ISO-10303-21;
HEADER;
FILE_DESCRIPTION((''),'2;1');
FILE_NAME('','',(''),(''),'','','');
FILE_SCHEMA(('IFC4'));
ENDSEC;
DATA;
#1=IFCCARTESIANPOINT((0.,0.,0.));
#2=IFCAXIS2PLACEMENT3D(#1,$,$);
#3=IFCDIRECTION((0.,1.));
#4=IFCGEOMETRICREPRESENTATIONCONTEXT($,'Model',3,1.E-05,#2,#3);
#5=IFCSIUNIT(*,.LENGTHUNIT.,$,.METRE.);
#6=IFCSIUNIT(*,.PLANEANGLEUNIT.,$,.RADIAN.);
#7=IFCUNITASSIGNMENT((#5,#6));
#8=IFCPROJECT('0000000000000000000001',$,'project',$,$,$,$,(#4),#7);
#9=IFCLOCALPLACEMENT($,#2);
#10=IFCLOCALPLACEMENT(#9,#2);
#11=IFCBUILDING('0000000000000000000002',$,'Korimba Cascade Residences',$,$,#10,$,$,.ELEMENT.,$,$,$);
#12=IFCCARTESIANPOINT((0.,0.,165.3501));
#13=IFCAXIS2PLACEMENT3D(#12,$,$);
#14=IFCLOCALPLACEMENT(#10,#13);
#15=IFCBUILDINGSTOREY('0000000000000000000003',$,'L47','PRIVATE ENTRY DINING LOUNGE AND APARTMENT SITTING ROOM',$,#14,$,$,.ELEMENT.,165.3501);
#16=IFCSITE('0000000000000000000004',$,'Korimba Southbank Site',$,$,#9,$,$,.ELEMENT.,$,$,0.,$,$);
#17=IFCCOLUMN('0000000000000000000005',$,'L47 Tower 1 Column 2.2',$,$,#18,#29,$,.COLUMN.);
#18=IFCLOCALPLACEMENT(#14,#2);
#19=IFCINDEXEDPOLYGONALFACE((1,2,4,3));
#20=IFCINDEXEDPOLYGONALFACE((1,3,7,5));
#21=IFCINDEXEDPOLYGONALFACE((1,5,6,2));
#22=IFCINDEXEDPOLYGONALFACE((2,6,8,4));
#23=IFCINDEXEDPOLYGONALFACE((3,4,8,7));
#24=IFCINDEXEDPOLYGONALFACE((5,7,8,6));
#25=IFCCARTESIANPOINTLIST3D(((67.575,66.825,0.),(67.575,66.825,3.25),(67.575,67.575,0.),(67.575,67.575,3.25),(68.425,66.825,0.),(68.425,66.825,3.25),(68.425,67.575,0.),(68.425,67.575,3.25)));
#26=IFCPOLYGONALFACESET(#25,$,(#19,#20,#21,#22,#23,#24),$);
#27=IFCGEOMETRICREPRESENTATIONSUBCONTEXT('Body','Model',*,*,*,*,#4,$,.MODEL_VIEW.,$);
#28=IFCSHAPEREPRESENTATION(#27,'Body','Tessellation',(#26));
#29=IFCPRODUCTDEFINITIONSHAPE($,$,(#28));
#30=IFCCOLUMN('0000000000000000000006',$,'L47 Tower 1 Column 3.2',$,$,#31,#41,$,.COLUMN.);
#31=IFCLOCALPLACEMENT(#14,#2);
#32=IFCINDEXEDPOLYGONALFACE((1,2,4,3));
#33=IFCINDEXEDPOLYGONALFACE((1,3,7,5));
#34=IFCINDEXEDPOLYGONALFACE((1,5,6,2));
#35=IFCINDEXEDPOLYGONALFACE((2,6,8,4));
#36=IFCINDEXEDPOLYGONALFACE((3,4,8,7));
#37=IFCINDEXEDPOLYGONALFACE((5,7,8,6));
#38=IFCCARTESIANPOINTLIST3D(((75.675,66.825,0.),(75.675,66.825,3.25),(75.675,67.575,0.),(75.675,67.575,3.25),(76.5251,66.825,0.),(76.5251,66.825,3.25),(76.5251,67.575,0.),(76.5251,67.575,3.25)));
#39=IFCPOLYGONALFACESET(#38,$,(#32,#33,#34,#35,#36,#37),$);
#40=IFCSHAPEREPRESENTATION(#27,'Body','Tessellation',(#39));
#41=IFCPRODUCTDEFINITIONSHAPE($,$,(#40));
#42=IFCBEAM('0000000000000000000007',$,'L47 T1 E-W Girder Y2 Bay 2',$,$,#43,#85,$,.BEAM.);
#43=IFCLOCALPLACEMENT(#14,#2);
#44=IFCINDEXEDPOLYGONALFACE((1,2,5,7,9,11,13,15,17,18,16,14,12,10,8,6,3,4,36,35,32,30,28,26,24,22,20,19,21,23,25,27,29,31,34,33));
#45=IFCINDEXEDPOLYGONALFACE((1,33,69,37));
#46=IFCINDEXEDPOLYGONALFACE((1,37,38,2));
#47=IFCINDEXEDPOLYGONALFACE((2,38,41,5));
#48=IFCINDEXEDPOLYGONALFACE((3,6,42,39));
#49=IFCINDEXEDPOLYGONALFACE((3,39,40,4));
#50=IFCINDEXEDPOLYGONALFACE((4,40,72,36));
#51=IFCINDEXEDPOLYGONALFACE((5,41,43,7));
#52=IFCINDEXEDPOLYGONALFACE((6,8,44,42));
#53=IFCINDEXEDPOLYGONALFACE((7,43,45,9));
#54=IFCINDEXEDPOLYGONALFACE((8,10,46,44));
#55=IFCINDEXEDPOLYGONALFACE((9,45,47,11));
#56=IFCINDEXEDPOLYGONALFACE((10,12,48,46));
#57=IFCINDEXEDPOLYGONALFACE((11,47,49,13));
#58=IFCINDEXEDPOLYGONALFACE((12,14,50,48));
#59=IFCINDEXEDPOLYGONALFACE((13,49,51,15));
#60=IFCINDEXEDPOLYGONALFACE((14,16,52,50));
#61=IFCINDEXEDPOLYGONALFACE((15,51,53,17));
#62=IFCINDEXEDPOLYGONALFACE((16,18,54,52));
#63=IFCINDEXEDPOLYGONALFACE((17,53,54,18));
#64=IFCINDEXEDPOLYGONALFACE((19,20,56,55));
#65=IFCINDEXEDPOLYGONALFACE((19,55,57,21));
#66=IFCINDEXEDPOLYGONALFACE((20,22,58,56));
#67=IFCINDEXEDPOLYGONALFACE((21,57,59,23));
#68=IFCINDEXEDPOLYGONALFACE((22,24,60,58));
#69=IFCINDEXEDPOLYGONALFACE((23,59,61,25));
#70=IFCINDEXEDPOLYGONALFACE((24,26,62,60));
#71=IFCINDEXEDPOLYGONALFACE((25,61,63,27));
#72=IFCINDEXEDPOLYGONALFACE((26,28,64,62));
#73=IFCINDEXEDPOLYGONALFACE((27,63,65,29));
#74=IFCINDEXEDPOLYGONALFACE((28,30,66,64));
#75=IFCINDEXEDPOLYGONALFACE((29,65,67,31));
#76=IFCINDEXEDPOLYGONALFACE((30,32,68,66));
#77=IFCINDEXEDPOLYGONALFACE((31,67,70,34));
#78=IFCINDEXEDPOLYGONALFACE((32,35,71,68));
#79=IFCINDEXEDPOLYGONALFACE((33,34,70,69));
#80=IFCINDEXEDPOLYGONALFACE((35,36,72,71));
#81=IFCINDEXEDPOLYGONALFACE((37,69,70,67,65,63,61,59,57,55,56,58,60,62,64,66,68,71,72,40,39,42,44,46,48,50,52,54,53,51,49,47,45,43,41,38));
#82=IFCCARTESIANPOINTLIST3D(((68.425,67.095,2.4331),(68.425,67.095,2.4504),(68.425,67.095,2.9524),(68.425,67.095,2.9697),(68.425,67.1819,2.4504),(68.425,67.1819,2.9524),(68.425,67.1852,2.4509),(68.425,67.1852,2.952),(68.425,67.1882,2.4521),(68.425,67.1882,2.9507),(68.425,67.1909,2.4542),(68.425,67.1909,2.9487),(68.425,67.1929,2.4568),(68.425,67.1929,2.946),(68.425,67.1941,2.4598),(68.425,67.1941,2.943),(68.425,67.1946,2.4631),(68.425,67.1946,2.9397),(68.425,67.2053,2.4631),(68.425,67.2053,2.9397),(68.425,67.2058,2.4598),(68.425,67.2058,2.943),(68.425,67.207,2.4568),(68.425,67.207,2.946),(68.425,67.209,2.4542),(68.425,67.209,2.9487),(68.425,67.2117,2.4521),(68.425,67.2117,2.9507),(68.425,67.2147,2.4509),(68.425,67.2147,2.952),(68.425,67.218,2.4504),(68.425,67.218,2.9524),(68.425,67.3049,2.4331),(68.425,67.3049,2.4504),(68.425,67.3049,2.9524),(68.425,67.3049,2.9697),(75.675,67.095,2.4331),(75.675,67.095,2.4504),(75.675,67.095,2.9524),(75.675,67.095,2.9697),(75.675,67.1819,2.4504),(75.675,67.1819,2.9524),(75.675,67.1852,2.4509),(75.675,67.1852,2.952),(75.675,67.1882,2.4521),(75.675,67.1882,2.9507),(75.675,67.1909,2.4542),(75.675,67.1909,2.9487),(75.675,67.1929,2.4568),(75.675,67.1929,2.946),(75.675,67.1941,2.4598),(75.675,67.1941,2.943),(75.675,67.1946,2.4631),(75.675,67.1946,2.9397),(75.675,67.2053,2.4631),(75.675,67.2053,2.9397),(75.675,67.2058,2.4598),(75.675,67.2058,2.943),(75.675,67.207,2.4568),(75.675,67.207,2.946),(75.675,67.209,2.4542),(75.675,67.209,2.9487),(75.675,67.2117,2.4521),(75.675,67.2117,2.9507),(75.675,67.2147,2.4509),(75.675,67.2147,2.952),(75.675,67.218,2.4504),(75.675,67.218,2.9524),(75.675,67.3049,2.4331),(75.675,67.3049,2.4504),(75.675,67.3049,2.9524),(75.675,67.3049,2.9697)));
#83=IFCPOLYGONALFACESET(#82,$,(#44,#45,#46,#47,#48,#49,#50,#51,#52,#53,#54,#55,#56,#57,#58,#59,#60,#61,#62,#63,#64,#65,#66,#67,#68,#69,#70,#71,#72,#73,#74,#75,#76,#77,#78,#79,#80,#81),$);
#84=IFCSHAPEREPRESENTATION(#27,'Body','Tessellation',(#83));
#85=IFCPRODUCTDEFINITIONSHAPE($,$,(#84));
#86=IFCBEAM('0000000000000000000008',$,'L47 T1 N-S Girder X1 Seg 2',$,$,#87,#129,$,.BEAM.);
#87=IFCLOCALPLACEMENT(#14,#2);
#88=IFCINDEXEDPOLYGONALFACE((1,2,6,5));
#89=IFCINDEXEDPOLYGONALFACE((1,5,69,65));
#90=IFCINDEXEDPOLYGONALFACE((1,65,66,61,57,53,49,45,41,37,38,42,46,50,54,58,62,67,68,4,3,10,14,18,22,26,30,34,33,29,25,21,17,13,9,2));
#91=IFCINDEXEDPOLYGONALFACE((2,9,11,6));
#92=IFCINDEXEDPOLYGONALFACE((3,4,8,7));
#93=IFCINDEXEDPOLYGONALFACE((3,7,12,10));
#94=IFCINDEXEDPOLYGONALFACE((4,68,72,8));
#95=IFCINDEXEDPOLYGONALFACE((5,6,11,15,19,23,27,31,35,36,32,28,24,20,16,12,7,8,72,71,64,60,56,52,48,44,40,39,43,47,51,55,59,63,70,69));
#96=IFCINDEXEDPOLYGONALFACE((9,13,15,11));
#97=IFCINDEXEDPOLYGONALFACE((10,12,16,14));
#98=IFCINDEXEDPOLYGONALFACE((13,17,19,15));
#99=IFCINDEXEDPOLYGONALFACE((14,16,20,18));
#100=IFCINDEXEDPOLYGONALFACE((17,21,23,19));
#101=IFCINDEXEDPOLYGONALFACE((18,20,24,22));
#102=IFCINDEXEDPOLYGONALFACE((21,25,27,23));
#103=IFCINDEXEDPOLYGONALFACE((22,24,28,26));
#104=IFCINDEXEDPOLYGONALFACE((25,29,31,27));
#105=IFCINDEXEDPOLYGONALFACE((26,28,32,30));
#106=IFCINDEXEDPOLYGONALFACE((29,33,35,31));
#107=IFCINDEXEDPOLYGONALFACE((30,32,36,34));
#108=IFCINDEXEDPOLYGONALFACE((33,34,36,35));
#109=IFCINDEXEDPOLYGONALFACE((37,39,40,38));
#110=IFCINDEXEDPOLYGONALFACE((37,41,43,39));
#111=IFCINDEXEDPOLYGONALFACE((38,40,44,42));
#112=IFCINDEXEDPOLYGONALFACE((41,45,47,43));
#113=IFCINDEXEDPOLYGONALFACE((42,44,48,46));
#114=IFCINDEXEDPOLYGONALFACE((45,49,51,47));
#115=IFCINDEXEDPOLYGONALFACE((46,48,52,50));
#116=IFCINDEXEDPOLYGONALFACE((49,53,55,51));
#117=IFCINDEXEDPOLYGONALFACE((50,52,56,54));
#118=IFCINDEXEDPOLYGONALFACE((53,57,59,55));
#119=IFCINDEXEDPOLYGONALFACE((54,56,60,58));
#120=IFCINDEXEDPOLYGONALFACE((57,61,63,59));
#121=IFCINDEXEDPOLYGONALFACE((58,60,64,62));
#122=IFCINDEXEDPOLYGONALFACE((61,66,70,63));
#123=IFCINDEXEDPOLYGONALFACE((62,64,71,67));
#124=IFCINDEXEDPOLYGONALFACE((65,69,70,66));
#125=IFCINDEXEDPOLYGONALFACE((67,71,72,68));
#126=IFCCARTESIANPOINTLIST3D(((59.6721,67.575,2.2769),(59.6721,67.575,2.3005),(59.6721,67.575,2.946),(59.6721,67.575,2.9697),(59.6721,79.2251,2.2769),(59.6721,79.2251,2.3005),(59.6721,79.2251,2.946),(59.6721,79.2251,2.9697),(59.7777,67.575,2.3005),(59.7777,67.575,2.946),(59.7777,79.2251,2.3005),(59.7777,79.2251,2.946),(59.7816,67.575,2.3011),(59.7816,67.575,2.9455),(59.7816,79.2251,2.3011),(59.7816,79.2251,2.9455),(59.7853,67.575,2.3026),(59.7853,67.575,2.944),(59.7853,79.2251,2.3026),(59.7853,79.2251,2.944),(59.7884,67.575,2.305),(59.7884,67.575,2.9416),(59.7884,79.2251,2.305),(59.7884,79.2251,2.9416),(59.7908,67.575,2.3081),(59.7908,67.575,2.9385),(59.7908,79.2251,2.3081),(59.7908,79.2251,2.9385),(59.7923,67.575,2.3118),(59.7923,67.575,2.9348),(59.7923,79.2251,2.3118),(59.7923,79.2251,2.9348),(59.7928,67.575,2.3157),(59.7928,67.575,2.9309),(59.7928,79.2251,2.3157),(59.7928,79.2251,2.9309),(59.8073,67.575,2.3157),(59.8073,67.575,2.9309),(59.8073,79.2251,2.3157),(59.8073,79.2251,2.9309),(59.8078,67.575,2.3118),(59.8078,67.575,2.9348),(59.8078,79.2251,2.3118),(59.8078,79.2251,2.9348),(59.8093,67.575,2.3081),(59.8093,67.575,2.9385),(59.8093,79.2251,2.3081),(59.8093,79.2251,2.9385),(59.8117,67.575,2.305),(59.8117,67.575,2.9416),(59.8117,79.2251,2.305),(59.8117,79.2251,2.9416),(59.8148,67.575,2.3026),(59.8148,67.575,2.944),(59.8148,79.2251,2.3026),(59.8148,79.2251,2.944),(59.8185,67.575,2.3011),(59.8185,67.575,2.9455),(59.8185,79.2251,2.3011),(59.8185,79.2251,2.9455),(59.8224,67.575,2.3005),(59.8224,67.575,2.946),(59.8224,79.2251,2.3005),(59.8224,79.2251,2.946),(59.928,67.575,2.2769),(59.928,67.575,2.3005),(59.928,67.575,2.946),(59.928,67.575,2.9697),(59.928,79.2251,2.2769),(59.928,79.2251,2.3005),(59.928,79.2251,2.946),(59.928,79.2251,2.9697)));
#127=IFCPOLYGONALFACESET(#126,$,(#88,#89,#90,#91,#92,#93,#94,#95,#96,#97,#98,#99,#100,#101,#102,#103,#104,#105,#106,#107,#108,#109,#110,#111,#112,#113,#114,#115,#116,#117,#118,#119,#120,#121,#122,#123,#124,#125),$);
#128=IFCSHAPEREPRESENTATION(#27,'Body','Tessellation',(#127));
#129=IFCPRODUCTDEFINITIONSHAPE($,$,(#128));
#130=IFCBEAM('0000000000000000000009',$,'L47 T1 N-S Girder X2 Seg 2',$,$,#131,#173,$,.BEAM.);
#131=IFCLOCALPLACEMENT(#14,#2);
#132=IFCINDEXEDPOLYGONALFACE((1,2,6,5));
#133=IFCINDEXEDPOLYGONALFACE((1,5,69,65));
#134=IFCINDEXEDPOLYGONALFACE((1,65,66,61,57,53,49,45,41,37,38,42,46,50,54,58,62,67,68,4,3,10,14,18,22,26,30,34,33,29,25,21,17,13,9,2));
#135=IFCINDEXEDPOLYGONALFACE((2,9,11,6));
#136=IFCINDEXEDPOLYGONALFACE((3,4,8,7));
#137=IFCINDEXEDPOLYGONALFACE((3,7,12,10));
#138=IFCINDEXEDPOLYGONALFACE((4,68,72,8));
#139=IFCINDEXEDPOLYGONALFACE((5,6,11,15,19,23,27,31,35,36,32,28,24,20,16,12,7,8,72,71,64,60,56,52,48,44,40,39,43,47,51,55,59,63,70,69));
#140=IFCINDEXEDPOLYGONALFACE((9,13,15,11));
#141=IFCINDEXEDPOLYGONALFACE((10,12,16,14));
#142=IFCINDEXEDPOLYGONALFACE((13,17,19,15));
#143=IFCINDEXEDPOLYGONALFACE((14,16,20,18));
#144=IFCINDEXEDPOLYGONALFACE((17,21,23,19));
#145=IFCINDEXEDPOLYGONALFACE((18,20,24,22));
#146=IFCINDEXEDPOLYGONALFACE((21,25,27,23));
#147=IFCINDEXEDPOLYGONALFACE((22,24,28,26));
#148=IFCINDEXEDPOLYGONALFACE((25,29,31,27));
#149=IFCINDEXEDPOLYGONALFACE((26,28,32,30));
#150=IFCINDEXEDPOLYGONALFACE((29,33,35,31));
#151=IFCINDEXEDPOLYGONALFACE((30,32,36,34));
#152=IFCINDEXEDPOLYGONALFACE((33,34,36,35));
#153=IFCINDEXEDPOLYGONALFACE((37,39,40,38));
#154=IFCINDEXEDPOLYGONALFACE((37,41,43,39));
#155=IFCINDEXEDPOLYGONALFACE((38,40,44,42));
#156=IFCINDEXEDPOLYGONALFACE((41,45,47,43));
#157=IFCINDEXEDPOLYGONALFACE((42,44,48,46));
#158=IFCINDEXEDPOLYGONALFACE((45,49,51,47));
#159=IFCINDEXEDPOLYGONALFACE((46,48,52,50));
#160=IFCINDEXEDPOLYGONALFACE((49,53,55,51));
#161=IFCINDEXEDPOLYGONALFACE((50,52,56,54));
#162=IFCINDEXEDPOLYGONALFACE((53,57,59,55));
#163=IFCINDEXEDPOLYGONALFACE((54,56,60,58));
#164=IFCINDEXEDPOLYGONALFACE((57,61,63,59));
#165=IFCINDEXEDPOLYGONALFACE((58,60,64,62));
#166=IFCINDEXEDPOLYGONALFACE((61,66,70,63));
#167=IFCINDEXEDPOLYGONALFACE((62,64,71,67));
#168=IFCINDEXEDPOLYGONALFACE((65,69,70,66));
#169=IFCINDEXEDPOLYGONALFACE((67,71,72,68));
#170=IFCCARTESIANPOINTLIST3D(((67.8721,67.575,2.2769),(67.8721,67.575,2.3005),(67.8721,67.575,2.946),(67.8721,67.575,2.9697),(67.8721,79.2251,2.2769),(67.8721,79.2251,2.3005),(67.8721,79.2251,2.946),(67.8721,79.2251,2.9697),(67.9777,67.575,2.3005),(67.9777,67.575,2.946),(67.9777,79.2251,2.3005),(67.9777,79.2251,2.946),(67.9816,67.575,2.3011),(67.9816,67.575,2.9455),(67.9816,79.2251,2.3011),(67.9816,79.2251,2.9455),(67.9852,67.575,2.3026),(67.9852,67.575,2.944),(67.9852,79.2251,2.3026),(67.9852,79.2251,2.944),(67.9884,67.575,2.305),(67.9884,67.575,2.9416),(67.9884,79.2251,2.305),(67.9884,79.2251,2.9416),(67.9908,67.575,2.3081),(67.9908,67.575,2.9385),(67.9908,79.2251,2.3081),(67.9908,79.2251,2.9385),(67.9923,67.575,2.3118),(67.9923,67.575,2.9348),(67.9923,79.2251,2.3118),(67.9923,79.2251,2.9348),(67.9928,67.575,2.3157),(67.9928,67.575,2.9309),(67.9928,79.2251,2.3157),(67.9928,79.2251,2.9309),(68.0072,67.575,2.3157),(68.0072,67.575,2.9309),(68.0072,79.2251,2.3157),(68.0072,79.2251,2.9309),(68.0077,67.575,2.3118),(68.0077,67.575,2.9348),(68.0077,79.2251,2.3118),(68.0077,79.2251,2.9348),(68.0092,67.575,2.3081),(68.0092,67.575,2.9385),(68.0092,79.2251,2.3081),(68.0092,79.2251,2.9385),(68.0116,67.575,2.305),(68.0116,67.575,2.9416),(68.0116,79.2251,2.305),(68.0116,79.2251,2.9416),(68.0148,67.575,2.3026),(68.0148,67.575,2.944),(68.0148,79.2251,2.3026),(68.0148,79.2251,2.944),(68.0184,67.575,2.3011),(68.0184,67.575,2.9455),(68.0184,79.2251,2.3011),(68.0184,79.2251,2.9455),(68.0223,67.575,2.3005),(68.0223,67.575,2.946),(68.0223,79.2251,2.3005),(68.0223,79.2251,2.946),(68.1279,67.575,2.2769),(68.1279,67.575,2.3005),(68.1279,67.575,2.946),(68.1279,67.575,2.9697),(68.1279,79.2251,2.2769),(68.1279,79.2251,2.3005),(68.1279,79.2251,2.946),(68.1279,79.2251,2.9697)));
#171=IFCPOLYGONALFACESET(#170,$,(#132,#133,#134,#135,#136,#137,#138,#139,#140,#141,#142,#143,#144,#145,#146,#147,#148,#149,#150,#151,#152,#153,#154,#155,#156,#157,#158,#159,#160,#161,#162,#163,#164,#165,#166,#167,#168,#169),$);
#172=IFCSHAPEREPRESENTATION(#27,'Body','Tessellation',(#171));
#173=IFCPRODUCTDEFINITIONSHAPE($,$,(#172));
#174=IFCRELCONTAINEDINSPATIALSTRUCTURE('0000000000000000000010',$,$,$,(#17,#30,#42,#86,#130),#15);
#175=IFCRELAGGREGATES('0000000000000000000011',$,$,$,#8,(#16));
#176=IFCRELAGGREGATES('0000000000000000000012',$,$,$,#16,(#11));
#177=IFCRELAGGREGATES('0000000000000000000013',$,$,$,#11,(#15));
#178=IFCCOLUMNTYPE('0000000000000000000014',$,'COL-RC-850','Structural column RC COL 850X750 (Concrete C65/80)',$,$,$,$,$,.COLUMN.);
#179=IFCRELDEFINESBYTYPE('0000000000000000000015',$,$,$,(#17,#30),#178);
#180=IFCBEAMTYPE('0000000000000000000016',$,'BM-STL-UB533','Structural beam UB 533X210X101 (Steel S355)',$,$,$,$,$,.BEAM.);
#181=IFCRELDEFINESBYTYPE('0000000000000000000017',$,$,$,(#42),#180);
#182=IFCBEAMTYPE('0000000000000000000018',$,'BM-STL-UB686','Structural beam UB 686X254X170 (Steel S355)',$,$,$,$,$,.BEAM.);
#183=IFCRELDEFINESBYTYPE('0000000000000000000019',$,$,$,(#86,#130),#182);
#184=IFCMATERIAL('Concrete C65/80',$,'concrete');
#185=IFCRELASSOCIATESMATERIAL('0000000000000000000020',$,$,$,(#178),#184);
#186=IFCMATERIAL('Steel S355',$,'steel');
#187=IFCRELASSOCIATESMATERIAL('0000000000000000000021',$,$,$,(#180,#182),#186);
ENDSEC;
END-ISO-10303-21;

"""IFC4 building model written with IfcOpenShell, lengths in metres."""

from ifc_helpers import new_model, si_unit, direction, frame, origin, origin_2d, place, context, subcontext, project, spatial, rectangle, i_section, extrude, material, material_profile, profile_set, type_object, element, save


model = new_model("IFC4")

# Units and contexts
model_context = context("Model", 3, precision=1e-05, world=origin(), true_north=direction((0.0, 1.0)))
body_context = subcontext(model_context, "Body", "Model", "MODEL_VIEW")
ifc_project = project(units=[si_unit("LENGTHUNIT", "METRE"), si_unit("PLANEANGLEUNIT", "RADIAN")], contexts=[model_context])

# Site, building, storey
site_placement = place(None, origin())
site = spatial("IfcSite", under=ifc_project, at=site_placement, Name="Korimba Southbank Site", CompositionType="ELEMENT", RefElevation=0.0)
building_placement = place(site_placement, origin())
building = spatial("IfcBuilding", under=site, at=building_placement, Name="Korimba Cascade Residences", CompositionType="ELEMENT")
storey_placement = place(building_placement, frame((0.0, 0.0, 165.3501)))
storey = spatial("IfcBuildingStorey", under=building, at=storey_placement, Name="L47", Description="PRIVATE ENTRY DINING LOUNGE AND APARTMENT SITTING ROOM", CompositionType="ELEMENT", Elevation=165.3501)

# Columns
ifc_material_1 = material(Name="Concrete C65/80", Category="concrete")
ifc_material_profile_1 = material_profile(ifc_material_1, rectangle(XDim=0.8501, YDim=0.75, at=origin_2d()), Name="Concrete C65/80")
ifc_profile_set_1 = profile_set([ifc_material_profile_1], Name="Concrete C65/80")
column_type = type_object("IfcColumnType", Name="COL-RC-850", Description="Structural column RC COL 850X750 (Concrete C65/80)", PredefinedType="COLUMN", material=ifc_profile_set_1)
for number, where, z_axis, x_axis, name in (
    (1, (68.0, 67.2, 0.0), (0.0, 0.0, 1.0), (1.0, 0.0, 0.0), "L47 Tower 1 Column 2.2"),
    (2, (76.1001, 67.2, 0.0), (0.0, 0.0, 1.0), (1.0, 0.0, 0.0), "L47 Tower 1 Column 3.2"),
):
    element("IfcColumn", number, at=place(storey_placement, frame(where, z_axis=z_axis, x_axis=x_axis)), inside=storey, type_object=column_type, Name=name, PredefinedType="COLUMN", context=body_context, shape_type="SweptSolid", body=[
        extrude(rectangle(XDim=0.8501, YDim=0.75, at=origin_2d()), origin(), (0.0, 0.0, 1.0), 3.25),
    ])

# Beams
ifc_material_2 = material(Name="Steel S355", Category="steel")
ifc_material_profile_2 = material_profile(ifc_material_2, i_section(OverallWidth=0.21, OverallDepth=0.5366, WebThickness=0.0107, FlangeThickness=0.0173, FilletRadius=0.0127, at=origin_2d()), Name="Steel S355")
ifc_profile_set_2 = profile_set([ifc_material_profile_2], Name="Steel S355")
beam_type_1 = type_object("IfcBeamType", Name="BM-STL-UB533", Description="Structural beam UB 533X210X101 (Steel S355)", PredefinedType="BEAM", material=ifc_profile_set_2)
beam_placement = place(storey_placement, frame((68.425, 67.2, 2.7014), z_axis=(1.0, 0.0, 0.0), x_axis=(0.0, 1.0, 0.0)))
element("IfcBeam", 3, at=beam_placement, inside=storey, type_object=beam_type_1, Name="L47 T1 E-W Girder Y2 Bay 2", PredefinedType="BEAM", context=body_context, shape_type="SweptSolid", body=[
    extrude(i_section(OverallWidth=0.21, OverallDepth=0.5366, WebThickness=0.0107, FlangeThickness=0.0173, FilletRadius=0.0127, at=origin_2d()), origin(), (0.0, 0.0, 1.0), 7.25),
])
ifc_material_profile_3 = material_profile(ifc_material_2, i_section(OverallWidth=0.2559, OverallDepth=0.6929, WebThickness=0.0144, FlangeThickness=0.0237, FilletRadius=0.0151, at=origin_2d()), Name="Steel S355")
ifc_profile_set_3 = profile_set([ifc_material_profile_3], Name="Steel S355")
beam_type_2 = type_object("IfcBeamType", Name="BM-STL-UB686", Description="Structural beam UB 686X254X170 (Steel S355)", PredefinedType="BEAM", material=ifc_profile_set_3)
for number, where, z_axis, x_axis, name in (
    (4, (59.8, 67.575, 2.6233), (0.0, 1.0, 0.0), (-1.0, 0.0, 0.0), "L47 T1 N-S Girder X1 Seg 2"),
    (5, (68.0, 67.575, 2.6233), (0.0, 1.0, 0.0), (-1.0, 0.0, 0.0), "L47 T1 N-S Girder X2 Seg 2"),
):
    element("IfcBeam", number, at=place(storey_placement, frame(where, z_axis=z_axis, x_axis=x_axis)), inside=storey, type_object=beam_type_2, Name=name, PredefinedType="BEAM", context=body_context, shape_type="SweptSolid", body=[
        extrude(i_section(OverallWidth=0.2559, OverallDepth=0.6929, WebThickness=0.0144, FlangeThickness=0.0237, FilletRadius=0.0151, at=origin_2d()), origin(), (0.0, 0.0, 1.0), 11.6501),
    ])

save(model, "model.ifc")
